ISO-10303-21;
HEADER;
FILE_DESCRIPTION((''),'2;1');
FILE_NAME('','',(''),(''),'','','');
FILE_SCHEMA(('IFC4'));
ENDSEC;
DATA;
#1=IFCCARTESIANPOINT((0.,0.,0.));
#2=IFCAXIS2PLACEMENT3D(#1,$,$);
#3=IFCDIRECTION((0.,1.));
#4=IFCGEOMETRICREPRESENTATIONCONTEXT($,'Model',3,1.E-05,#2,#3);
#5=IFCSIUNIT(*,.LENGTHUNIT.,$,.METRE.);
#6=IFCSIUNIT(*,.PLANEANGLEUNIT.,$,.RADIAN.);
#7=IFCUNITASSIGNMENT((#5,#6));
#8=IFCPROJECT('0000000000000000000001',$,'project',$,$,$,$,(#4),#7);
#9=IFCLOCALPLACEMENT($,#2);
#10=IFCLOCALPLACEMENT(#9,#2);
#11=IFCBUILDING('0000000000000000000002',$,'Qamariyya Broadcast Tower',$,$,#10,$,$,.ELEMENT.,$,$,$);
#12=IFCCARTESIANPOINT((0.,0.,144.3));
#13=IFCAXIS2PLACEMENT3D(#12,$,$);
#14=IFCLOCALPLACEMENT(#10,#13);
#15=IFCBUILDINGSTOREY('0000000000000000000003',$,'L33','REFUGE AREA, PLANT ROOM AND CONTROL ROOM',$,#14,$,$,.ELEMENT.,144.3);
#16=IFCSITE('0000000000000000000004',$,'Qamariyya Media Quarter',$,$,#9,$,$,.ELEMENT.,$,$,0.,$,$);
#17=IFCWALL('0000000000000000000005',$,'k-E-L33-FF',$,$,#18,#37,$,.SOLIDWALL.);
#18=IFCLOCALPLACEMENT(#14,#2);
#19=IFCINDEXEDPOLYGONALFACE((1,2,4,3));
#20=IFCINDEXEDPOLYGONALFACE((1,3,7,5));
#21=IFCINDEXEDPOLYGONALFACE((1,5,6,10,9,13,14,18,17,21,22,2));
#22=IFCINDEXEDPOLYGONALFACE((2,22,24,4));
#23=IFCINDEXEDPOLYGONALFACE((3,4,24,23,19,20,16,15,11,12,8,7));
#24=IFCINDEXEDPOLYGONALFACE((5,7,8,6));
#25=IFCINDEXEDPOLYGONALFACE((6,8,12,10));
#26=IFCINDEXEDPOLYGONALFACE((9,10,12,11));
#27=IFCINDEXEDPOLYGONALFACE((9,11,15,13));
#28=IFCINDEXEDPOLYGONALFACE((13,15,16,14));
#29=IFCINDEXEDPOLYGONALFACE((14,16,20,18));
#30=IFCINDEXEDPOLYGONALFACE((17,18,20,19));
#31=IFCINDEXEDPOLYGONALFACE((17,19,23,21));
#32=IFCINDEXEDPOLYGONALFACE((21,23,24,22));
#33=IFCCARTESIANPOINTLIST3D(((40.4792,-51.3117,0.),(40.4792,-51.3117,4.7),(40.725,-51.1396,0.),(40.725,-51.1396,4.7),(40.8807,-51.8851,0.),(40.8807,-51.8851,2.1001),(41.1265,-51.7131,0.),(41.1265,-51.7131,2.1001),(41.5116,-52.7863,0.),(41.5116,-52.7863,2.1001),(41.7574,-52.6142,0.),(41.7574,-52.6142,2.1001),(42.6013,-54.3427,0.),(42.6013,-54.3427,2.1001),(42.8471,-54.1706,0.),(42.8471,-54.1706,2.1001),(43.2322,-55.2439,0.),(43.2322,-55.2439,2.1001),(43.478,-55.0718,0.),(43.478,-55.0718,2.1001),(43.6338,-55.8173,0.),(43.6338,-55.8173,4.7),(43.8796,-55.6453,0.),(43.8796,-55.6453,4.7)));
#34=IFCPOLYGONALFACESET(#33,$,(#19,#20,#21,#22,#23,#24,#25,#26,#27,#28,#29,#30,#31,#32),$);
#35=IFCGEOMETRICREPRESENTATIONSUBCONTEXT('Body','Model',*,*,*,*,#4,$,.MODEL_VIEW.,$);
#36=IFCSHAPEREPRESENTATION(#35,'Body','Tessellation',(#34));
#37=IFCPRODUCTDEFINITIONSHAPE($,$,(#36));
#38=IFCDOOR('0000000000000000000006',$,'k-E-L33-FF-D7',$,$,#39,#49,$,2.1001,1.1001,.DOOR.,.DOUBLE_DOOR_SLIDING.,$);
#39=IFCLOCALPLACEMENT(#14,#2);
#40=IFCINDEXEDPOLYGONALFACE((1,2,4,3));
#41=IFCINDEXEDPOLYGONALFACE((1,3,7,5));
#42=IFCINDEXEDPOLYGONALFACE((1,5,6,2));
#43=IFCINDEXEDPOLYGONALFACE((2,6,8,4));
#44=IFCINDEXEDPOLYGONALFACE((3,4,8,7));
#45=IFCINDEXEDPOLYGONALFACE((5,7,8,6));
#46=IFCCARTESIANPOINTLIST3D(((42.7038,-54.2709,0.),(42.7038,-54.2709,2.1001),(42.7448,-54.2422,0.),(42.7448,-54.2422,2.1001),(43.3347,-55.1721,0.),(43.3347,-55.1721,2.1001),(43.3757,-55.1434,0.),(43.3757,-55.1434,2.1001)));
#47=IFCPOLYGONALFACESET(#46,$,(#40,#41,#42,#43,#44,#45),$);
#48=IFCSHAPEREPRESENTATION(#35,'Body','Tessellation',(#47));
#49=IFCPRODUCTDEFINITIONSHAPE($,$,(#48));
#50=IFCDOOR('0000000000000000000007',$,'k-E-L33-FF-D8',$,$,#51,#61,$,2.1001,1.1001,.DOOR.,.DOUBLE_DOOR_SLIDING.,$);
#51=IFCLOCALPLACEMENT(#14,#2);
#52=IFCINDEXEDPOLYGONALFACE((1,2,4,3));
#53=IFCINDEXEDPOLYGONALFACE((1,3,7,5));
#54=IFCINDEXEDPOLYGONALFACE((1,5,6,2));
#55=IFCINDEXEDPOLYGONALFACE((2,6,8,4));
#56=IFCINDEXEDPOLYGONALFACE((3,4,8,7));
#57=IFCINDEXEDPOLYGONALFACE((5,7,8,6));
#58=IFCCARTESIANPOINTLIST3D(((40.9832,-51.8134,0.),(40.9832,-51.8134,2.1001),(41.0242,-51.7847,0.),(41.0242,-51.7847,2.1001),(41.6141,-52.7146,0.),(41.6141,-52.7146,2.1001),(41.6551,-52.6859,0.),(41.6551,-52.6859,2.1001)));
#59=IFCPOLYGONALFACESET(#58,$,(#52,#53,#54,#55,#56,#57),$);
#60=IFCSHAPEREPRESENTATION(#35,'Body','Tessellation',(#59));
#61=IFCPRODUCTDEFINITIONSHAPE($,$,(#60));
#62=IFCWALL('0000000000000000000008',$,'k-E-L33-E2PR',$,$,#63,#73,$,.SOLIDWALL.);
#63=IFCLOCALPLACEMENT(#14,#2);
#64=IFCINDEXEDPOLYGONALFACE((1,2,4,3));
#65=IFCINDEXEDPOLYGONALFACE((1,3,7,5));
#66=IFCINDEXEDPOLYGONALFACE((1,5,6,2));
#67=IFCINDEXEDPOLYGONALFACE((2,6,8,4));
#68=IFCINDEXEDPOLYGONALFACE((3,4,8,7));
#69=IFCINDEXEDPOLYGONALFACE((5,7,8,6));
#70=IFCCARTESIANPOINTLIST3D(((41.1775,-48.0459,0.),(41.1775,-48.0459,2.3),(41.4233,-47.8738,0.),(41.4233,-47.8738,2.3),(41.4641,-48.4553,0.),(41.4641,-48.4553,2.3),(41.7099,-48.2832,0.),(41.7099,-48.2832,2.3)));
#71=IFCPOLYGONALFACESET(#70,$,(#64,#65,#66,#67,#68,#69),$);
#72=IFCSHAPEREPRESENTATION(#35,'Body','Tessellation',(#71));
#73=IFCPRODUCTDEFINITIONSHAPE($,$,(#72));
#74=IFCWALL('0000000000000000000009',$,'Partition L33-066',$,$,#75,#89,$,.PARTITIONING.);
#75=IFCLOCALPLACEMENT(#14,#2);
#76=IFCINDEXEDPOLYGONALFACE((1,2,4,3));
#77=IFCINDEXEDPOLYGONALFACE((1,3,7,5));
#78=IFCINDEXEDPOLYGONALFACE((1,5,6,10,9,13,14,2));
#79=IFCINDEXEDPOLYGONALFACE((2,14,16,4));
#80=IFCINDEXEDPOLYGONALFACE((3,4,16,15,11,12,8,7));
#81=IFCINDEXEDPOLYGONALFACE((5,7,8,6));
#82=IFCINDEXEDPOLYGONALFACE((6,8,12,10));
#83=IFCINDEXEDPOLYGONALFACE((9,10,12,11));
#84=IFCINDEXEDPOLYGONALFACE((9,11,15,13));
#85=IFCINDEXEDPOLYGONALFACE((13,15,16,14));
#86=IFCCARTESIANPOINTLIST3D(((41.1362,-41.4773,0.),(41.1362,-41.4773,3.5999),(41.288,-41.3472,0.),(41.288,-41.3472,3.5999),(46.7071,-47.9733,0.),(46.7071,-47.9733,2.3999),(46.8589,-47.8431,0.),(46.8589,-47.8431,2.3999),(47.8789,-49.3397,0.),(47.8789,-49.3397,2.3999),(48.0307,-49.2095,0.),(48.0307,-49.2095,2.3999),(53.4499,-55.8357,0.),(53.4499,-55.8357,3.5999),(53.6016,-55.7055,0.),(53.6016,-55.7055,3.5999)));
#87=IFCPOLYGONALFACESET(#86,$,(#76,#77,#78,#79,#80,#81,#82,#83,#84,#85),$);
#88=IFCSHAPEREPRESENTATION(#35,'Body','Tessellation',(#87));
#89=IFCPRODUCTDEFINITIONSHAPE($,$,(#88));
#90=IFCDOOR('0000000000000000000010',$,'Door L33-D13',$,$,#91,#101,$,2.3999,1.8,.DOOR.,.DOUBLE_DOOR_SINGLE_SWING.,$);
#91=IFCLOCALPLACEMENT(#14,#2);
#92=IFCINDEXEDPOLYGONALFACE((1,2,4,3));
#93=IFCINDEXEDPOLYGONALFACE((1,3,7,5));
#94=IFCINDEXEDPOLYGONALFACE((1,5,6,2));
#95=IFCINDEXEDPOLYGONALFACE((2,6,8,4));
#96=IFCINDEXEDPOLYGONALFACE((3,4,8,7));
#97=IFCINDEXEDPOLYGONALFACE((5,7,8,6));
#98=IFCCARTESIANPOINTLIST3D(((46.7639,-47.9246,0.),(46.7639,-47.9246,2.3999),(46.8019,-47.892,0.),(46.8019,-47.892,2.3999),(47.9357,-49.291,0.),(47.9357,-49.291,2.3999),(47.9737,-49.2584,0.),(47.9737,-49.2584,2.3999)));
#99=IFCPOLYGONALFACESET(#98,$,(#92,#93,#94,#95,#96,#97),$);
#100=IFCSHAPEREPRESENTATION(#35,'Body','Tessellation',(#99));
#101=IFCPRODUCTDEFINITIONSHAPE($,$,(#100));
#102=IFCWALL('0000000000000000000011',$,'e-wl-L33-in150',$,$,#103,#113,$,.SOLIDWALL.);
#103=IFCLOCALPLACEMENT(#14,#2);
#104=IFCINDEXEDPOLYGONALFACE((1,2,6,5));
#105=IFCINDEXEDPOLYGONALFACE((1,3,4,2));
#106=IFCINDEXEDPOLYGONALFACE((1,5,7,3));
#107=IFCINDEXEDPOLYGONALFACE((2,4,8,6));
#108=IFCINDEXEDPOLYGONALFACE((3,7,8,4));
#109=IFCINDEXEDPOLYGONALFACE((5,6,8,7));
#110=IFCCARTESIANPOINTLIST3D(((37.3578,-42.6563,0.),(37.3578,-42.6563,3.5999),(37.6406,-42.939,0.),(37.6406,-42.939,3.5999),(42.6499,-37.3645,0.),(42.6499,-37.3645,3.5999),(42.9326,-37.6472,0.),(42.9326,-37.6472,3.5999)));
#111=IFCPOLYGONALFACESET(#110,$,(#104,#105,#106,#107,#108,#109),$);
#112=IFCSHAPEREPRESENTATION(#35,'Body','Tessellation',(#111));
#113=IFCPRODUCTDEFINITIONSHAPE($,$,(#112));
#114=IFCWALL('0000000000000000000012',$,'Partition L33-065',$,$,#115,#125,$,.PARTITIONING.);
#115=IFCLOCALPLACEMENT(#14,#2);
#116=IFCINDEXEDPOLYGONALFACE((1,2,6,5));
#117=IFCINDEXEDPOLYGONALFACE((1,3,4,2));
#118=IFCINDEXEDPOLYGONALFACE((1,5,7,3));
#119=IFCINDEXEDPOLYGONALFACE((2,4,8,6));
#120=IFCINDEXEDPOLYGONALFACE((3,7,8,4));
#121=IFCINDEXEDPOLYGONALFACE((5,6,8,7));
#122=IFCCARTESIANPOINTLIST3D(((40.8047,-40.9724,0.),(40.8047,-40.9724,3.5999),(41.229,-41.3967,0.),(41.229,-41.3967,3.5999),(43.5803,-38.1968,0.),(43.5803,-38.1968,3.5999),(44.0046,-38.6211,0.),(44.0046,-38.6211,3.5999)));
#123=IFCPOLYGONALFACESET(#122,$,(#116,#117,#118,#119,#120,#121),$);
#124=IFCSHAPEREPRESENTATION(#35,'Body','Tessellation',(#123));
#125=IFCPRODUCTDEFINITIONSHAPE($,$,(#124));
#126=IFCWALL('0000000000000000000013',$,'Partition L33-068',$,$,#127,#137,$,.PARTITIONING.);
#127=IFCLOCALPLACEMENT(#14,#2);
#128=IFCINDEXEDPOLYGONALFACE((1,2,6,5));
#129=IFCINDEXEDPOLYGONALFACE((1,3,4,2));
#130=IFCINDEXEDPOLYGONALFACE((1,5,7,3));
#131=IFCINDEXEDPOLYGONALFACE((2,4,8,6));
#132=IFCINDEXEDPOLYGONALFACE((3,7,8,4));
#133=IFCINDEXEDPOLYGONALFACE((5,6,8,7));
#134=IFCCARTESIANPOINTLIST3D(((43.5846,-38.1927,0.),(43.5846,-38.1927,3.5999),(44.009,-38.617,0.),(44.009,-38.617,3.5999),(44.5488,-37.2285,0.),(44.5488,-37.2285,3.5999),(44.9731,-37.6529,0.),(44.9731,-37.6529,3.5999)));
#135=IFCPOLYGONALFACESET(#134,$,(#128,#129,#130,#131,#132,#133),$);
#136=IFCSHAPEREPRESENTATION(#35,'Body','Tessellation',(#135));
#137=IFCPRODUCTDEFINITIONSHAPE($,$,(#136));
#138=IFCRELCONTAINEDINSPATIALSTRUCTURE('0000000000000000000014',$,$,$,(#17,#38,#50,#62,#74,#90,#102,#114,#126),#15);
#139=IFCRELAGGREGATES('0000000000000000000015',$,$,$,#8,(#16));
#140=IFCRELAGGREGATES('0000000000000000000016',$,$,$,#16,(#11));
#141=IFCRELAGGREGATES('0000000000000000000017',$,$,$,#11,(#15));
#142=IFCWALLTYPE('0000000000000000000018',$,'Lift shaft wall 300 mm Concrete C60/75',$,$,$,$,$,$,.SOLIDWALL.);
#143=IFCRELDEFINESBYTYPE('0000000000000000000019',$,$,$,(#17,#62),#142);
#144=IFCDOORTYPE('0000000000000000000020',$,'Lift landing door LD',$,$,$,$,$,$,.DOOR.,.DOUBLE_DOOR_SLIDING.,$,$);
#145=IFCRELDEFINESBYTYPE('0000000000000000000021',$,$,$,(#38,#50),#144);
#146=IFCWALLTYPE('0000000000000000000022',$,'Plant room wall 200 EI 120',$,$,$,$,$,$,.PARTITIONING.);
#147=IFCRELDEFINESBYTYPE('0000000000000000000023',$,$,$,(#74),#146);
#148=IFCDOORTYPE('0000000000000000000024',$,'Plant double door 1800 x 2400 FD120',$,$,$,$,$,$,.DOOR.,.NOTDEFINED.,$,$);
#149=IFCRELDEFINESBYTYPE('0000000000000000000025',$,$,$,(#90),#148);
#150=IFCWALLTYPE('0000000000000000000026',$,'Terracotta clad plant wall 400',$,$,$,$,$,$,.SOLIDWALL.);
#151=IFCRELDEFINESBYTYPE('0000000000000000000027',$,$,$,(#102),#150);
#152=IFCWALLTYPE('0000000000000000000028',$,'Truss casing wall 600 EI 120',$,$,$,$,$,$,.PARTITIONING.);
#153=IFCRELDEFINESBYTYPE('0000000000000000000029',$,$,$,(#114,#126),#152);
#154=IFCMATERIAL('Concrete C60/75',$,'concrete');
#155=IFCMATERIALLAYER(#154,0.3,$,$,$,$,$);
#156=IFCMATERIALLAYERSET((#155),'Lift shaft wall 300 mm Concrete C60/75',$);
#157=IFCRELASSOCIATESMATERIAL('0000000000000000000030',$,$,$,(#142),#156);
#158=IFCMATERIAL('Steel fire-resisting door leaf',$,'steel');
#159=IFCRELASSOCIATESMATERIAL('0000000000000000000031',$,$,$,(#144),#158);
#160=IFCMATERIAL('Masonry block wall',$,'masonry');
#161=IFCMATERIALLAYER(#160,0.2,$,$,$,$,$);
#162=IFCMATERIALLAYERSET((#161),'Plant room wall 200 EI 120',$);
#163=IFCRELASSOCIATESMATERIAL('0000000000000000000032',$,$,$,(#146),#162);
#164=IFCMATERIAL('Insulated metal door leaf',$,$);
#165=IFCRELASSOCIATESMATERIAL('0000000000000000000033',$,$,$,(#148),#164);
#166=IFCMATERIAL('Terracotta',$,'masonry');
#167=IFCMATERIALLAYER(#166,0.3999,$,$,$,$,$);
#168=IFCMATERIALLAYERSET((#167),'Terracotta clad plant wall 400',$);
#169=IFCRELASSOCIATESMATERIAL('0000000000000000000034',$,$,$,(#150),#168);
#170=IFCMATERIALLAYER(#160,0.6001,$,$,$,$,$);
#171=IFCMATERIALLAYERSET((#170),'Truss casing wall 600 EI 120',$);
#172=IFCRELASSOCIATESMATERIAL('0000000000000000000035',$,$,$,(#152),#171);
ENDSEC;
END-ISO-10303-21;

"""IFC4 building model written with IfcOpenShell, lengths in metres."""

from ifc_helpers import new_model, si_unit, direction, frame, frame_2d, origin, place, context, subcontext, project, spatial, rectangle, extrude, material, layer, layer_set, type_object, element, fill, save


model = new_model("IFC4")

# Units and contexts
model_context = context("Model", 3, precision=1e-05, world=origin(), true_north=direction((0.0, 1.0)))
body_context = subcontext(model_context, "Body", "Model", "MODEL_VIEW")
ifc_project = project(units=[si_unit("LENGTHUNIT", "METRE"), si_unit("PLANEANGLEUNIT", "RADIAN")], contexts=[model_context])

# Site, building, storey
site_placement = place(None, origin())
site = spatial("IfcSite", under=ifc_project, at=site_placement, Name="Qamariyya Media Quarter", CompositionType="ELEMENT", RefElevation=0.0)
building_placement = place(site_placement, origin())
building = spatial("IfcBuilding", under=site, at=building_placement, Name="Qamariyya Broadcast Tower", CompositionType="ELEMENT")
storey_placement = place(building_placement, frame((0.0, 0.0, 144.3)))
storey = spatial("IfcBuildingStorey", under=building, at=storey_placement, Name="L33", Description="REFUGE AREA, PLANT ROOM AND CONTROL ROOM", CompositionType="ELEMENT", Elevation=144.3)

# Shared definitions
ifc_material_1 = material(Name="Concrete C60/75", Category="concrete")

# Wall, openings, doors
ifc_layer_1 = layer(ifc_material_1, 0.3)
ifc_layer_set_1 = layer_set([ifc_layer_1], Name="Lift shaft wall 300 mm Concrete C60/75")
wall_type_1 = type_object("IfcWallType", Name="Lift shaft wall 300 mm Concrete C60/75", PredefinedType="SOLIDWALL", material=ifc_layer_set_1)
wall_1_placement = place(storey_placement, frame((43.7566, -55.7312, 0.0), z_axis=(0.0, 0.0, 1.0), x_axis=(-0.573537, 0.81918, 0.0)))
wall_1 = element("IfcWall", 1, at=wall_1_placement, inside=storey, type_object=wall_type_1, Name="k-E-L33-FF", PredefinedType="SOLIDWALL", context=body_context, shape_type="SweptSolid", body=[
    extrude(rectangle(XDim=5.5002, YDim=0.3, at=frame_2d((2.75, 0.0))), origin(), (0.0, 0.0, 1.0), 4.7),
])
opening_1_placement = place(wall_1_placement, frame((0.7, 0.0, 0.0)))
opening_1 = element("IfcOpeningElement", 2, at=opening_1_placement, cuts=wall_1, PredefinedType="OPENING", context=body_context, shape_type="SweptSolid", body=[
    extrude(rectangle(XDim=1.1001, YDim=2.1001, at=frame_2d((0.55, 1.05))), frame((0.0, 0.1599, 0.0), z_axis=(0.0, -1.0, 0.0), x_axis=(1.0, 0.0, 0.0)), (0.0, 0.0, 1.0), 0.3201),
])
opening_2_placement = place(wall_1_placement, frame((3.7, 0.0, 0.0)))
opening_2 = element("IfcOpeningElement", 3, at=opening_2_placement, cuts=wall_1, PredefinedType="OPENING", context=body_context, shape_type="SweptSolid", body=[
    extrude(rectangle(XDim=1.1001, YDim=2.1001, at=frame_2d((0.55, 1.05))), frame((0.0, 0.1599, 0.0), z_axis=(0.0, -1.0, 0.0), x_axis=(1.0, 0.0, 0.0)), (0.0, 0.0, 1.0), 0.3201),
])
ifc_material_2 = material(Name="Steel fire-resisting door leaf", Category="steel")
door_type_1 = type_object("IfcDoorType", Name="Lift landing door LD", OperationType="DOUBLE_DOOR_SLIDING", PredefinedType="DOOR", material=ifc_material_2)
door_1_placement = place(opening_1_placement, origin())
door_1 = element("IfcDoor", 4, at=door_1_placement, inside=storey, type_object=door_type_1, Name="k-E-L33-FF-D7", OperationType="DOUBLE_DOOR_SLIDING", OverallHeight=2.1001, OverallWidth=1.1001, PredefinedType="DOOR", context=body_context, shape_type="SweptSolid", body=[
    extrude(rectangle(XDim=1.1001, YDim=2.1001, at=frame_2d((0.55, 1.05))), frame((0.0, 0.0249, 0.0), z_axis=(0.0, -1.0, 0.0), x_axis=(1.0, 0.0, 0.0)), (0.0, 0.0, 1.0), 0.05),
])
fill(opening_1, door_1)
door_2_placement = place(opening_2_placement, origin())
door_2 = element("IfcDoor", 5, at=door_2_placement, inside=storey, type_object=door_type_1, Name="k-E-L33-FF-D8", OperationType="DOUBLE_DOOR_SLIDING", OverallHeight=2.1001, OverallWidth=1.1001, PredefinedType="DOOR", context=body_context, shape_type="SweptSolid", body=[
    extrude(rectangle(XDim=1.1001, YDim=2.1001, at=frame_2d((0.55, 1.05))), frame((0.0, 0.0249, 0.0), z_axis=(0.0, -1.0, 0.0), x_axis=(1.0, 0.0, 0.0)), (0.0, 0.0, 1.0), 0.05),
])
fill(opening_2, door_2)

# Wall
wall_2_placement = place(storey_placement, frame((41.3003, -47.9597, 0.0), z_axis=(0.0, 0.0, 1.0), x_axis=(0.573495, -0.819209, 0.0)))
element("IfcWall", 6, at=wall_2_placement, inside=storey, type_object=wall_type_1, Name="k-E-L33-E2PR", PredefinedType="SOLIDWALL", context=body_context, shape_type="SweptSolid", body=[
    extrude(rectangle(XDim=0.4998, YDim=0.3, at=frame_2d((0.25, 0.0))), origin(), (0.0, 0.0, 1.0), 2.3),
])

# Wall, opening, door
ifc_material_3 = material(Name="Masonry block wall", Category="masonry")
ifc_layer_2 = layer(ifc_material_3, 0.2)
ifc_layer_set_2 = layer_set([ifc_layer_2], Name="Plant room wall 200 EI 120")
wall_type_2 = type_object("IfcWallType", Name="Plant room wall 200 EI 120", PredefinedType="PARTITIONING", material=ifc_layer_set_2)
wall_3_placement = place(storey_placement, frame((41.2122, -41.4124, 0.0), z_axis=(0.0, 0.0, 1.0), x_axis=(0.65099, -0.759086, 0.0)))
wall_3 = element("IfcWall", 7, at=wall_3_placement, inside=storey, type_object=wall_type_2, Name="Partition L33-066", PredefinedType="PARTITIONING", context=body_context, shape_type="SweptSolid", body=[
    extrude(rectangle(XDim=18.9153, YDim=0.2, at=frame_2d((9.4575, 0.0))), origin(), (0.0, 0.0, 1.0), 3.5999),
])
opening_3_placement = place(wall_3_placement, frame((8.5576, 0.0, 0.0)))
opening_3 = element("IfcOpeningElement", 8, at=opening_3_placement, cuts=wall_3, PredefinedType="OPENING", context=body_context, shape_type="SweptSolid", body=[
    extrude(rectangle(XDim=1.8, YDim=2.3999, at=frame_2d((0.8999, 1.2))), frame((0.0, 0.1099, 0.0), z_axis=(0.0, -1.0, 0.0), x_axis=(1.0, 0.0, 0.0)), (0.0, 0.0, 1.0), 0.22),
])
ifc_material_4 = material(Name="Insulated metal door leaf")
door_type_2 = type_object("IfcDoorType", Name="Plant double door 1800 x 2400 FD120", OperationType="NOTDEFINED", PredefinedType="DOOR", material=ifc_material_4)
door_3_placement = place(opening_3_placement, origin())
door_3 = element("IfcDoor", 9, at=door_3_placement, inside=storey, type_object=door_type_2, Name="Door L33-D13", OperationType="DOUBLE_DOOR_SINGLE_SWING", OverallHeight=2.3999, OverallWidth=1.8, PredefinedType="DOOR", context=body_context, shape_type="SweptSolid", body=[
    extrude(rectangle(XDim=1.8, YDim=2.3999, at=frame_2d((0.8999, 1.2))), frame((0.0, 0.0249, 0.0), z_axis=(0.0, -1.0, 0.0), x_axis=(1.0, 0.0, 0.0)), (0.0, 0.0, 1.0), 0.05),
])
fill(opening_3, door_3)

# Walls
ifc_material_5 = material(Name="Terracotta", Category="masonry")
ifc_layer_3 = layer(ifc_material_5, 0.3999)
ifc_layer_set_3 = layer_set([ifc_layer_3], Name="Terracotta clad plant wall 400")
wall_type_3 = type_object("IfcWallType", Name="Terracotta clad plant wall 400", PredefinedType="SOLIDWALL", material=ifc_layer_set_3)
wall_4_placement = place(storey_placement, frame((42.7913, -37.5059, 0.0), z_axis=(0.0, 0.0, 1.0), x_axis=(-0.707123, -0.70709, 0.0)))
element("IfcWall", 10, at=wall_4_placement, inside=storey, type_object=wall_type_3, Name="e-wl-L33-in150", PredefinedType="SOLIDWALL", context=body_context, shape_type="SweptSolid", body=[
    extrude(rectangle(XDim=7.4839, YDim=0.3999, at=frame_2d((3.7419, 0.0))), origin(), (0.0, 0.0, 1.0), 3.5999),
])
ifc_layer_4 = layer(ifc_material_3, 0.6001)
ifc_layer_set_4 = layer_set([ifc_layer_4], Name="Truss casing wall 600 EI 120")
wall_type_4 = type_object("IfcWallType", Name="Truss casing wall 600 EI 120", PredefinedType="PARTITIONING", material=ifc_layer_set_4)
wall_5_placement = place(storey_placement, frame((41.0168, -41.1846, 0.0), z_axis=(0.0, 0.0, 1.0), x_axis=(0.707107, 0.707107, 0.0)))
element("IfcWall", 11, at=wall_5_placement, inside=storey, type_object=wall_type_4, Name="Partition L33-065", PredefinedType="PARTITIONING", context=body_context, shape_type="SweptSolid", body=[
    extrude(rectangle(XDim=3.9253, YDim=0.6001, at=frame_2d((1.9626, 0.0))), origin(), (0.0, 0.0, 1.0), 3.5999),
])
wall_6_placement = place(storey_placement, frame((43.7969, -38.4048, 0.0), z_axis=(0.0, 0.0, 1.0), x_axis=(0.707107, 0.707107, 0.0)))
element("IfcWall", 12, at=wall_6_placement, inside=storey, type_object=wall_type_4, Name="Partition L33-068", PredefinedType="PARTITIONING", context=body_context, shape_type="SweptSolid", body=[
    extrude(rectangle(XDim=1.3635, YDim=0.6001, at=frame_2d((0.6816, 0.0))), origin(), (0.0, 0.0, 1.0), 3.5999),
])

save(model, "model.ifc")
